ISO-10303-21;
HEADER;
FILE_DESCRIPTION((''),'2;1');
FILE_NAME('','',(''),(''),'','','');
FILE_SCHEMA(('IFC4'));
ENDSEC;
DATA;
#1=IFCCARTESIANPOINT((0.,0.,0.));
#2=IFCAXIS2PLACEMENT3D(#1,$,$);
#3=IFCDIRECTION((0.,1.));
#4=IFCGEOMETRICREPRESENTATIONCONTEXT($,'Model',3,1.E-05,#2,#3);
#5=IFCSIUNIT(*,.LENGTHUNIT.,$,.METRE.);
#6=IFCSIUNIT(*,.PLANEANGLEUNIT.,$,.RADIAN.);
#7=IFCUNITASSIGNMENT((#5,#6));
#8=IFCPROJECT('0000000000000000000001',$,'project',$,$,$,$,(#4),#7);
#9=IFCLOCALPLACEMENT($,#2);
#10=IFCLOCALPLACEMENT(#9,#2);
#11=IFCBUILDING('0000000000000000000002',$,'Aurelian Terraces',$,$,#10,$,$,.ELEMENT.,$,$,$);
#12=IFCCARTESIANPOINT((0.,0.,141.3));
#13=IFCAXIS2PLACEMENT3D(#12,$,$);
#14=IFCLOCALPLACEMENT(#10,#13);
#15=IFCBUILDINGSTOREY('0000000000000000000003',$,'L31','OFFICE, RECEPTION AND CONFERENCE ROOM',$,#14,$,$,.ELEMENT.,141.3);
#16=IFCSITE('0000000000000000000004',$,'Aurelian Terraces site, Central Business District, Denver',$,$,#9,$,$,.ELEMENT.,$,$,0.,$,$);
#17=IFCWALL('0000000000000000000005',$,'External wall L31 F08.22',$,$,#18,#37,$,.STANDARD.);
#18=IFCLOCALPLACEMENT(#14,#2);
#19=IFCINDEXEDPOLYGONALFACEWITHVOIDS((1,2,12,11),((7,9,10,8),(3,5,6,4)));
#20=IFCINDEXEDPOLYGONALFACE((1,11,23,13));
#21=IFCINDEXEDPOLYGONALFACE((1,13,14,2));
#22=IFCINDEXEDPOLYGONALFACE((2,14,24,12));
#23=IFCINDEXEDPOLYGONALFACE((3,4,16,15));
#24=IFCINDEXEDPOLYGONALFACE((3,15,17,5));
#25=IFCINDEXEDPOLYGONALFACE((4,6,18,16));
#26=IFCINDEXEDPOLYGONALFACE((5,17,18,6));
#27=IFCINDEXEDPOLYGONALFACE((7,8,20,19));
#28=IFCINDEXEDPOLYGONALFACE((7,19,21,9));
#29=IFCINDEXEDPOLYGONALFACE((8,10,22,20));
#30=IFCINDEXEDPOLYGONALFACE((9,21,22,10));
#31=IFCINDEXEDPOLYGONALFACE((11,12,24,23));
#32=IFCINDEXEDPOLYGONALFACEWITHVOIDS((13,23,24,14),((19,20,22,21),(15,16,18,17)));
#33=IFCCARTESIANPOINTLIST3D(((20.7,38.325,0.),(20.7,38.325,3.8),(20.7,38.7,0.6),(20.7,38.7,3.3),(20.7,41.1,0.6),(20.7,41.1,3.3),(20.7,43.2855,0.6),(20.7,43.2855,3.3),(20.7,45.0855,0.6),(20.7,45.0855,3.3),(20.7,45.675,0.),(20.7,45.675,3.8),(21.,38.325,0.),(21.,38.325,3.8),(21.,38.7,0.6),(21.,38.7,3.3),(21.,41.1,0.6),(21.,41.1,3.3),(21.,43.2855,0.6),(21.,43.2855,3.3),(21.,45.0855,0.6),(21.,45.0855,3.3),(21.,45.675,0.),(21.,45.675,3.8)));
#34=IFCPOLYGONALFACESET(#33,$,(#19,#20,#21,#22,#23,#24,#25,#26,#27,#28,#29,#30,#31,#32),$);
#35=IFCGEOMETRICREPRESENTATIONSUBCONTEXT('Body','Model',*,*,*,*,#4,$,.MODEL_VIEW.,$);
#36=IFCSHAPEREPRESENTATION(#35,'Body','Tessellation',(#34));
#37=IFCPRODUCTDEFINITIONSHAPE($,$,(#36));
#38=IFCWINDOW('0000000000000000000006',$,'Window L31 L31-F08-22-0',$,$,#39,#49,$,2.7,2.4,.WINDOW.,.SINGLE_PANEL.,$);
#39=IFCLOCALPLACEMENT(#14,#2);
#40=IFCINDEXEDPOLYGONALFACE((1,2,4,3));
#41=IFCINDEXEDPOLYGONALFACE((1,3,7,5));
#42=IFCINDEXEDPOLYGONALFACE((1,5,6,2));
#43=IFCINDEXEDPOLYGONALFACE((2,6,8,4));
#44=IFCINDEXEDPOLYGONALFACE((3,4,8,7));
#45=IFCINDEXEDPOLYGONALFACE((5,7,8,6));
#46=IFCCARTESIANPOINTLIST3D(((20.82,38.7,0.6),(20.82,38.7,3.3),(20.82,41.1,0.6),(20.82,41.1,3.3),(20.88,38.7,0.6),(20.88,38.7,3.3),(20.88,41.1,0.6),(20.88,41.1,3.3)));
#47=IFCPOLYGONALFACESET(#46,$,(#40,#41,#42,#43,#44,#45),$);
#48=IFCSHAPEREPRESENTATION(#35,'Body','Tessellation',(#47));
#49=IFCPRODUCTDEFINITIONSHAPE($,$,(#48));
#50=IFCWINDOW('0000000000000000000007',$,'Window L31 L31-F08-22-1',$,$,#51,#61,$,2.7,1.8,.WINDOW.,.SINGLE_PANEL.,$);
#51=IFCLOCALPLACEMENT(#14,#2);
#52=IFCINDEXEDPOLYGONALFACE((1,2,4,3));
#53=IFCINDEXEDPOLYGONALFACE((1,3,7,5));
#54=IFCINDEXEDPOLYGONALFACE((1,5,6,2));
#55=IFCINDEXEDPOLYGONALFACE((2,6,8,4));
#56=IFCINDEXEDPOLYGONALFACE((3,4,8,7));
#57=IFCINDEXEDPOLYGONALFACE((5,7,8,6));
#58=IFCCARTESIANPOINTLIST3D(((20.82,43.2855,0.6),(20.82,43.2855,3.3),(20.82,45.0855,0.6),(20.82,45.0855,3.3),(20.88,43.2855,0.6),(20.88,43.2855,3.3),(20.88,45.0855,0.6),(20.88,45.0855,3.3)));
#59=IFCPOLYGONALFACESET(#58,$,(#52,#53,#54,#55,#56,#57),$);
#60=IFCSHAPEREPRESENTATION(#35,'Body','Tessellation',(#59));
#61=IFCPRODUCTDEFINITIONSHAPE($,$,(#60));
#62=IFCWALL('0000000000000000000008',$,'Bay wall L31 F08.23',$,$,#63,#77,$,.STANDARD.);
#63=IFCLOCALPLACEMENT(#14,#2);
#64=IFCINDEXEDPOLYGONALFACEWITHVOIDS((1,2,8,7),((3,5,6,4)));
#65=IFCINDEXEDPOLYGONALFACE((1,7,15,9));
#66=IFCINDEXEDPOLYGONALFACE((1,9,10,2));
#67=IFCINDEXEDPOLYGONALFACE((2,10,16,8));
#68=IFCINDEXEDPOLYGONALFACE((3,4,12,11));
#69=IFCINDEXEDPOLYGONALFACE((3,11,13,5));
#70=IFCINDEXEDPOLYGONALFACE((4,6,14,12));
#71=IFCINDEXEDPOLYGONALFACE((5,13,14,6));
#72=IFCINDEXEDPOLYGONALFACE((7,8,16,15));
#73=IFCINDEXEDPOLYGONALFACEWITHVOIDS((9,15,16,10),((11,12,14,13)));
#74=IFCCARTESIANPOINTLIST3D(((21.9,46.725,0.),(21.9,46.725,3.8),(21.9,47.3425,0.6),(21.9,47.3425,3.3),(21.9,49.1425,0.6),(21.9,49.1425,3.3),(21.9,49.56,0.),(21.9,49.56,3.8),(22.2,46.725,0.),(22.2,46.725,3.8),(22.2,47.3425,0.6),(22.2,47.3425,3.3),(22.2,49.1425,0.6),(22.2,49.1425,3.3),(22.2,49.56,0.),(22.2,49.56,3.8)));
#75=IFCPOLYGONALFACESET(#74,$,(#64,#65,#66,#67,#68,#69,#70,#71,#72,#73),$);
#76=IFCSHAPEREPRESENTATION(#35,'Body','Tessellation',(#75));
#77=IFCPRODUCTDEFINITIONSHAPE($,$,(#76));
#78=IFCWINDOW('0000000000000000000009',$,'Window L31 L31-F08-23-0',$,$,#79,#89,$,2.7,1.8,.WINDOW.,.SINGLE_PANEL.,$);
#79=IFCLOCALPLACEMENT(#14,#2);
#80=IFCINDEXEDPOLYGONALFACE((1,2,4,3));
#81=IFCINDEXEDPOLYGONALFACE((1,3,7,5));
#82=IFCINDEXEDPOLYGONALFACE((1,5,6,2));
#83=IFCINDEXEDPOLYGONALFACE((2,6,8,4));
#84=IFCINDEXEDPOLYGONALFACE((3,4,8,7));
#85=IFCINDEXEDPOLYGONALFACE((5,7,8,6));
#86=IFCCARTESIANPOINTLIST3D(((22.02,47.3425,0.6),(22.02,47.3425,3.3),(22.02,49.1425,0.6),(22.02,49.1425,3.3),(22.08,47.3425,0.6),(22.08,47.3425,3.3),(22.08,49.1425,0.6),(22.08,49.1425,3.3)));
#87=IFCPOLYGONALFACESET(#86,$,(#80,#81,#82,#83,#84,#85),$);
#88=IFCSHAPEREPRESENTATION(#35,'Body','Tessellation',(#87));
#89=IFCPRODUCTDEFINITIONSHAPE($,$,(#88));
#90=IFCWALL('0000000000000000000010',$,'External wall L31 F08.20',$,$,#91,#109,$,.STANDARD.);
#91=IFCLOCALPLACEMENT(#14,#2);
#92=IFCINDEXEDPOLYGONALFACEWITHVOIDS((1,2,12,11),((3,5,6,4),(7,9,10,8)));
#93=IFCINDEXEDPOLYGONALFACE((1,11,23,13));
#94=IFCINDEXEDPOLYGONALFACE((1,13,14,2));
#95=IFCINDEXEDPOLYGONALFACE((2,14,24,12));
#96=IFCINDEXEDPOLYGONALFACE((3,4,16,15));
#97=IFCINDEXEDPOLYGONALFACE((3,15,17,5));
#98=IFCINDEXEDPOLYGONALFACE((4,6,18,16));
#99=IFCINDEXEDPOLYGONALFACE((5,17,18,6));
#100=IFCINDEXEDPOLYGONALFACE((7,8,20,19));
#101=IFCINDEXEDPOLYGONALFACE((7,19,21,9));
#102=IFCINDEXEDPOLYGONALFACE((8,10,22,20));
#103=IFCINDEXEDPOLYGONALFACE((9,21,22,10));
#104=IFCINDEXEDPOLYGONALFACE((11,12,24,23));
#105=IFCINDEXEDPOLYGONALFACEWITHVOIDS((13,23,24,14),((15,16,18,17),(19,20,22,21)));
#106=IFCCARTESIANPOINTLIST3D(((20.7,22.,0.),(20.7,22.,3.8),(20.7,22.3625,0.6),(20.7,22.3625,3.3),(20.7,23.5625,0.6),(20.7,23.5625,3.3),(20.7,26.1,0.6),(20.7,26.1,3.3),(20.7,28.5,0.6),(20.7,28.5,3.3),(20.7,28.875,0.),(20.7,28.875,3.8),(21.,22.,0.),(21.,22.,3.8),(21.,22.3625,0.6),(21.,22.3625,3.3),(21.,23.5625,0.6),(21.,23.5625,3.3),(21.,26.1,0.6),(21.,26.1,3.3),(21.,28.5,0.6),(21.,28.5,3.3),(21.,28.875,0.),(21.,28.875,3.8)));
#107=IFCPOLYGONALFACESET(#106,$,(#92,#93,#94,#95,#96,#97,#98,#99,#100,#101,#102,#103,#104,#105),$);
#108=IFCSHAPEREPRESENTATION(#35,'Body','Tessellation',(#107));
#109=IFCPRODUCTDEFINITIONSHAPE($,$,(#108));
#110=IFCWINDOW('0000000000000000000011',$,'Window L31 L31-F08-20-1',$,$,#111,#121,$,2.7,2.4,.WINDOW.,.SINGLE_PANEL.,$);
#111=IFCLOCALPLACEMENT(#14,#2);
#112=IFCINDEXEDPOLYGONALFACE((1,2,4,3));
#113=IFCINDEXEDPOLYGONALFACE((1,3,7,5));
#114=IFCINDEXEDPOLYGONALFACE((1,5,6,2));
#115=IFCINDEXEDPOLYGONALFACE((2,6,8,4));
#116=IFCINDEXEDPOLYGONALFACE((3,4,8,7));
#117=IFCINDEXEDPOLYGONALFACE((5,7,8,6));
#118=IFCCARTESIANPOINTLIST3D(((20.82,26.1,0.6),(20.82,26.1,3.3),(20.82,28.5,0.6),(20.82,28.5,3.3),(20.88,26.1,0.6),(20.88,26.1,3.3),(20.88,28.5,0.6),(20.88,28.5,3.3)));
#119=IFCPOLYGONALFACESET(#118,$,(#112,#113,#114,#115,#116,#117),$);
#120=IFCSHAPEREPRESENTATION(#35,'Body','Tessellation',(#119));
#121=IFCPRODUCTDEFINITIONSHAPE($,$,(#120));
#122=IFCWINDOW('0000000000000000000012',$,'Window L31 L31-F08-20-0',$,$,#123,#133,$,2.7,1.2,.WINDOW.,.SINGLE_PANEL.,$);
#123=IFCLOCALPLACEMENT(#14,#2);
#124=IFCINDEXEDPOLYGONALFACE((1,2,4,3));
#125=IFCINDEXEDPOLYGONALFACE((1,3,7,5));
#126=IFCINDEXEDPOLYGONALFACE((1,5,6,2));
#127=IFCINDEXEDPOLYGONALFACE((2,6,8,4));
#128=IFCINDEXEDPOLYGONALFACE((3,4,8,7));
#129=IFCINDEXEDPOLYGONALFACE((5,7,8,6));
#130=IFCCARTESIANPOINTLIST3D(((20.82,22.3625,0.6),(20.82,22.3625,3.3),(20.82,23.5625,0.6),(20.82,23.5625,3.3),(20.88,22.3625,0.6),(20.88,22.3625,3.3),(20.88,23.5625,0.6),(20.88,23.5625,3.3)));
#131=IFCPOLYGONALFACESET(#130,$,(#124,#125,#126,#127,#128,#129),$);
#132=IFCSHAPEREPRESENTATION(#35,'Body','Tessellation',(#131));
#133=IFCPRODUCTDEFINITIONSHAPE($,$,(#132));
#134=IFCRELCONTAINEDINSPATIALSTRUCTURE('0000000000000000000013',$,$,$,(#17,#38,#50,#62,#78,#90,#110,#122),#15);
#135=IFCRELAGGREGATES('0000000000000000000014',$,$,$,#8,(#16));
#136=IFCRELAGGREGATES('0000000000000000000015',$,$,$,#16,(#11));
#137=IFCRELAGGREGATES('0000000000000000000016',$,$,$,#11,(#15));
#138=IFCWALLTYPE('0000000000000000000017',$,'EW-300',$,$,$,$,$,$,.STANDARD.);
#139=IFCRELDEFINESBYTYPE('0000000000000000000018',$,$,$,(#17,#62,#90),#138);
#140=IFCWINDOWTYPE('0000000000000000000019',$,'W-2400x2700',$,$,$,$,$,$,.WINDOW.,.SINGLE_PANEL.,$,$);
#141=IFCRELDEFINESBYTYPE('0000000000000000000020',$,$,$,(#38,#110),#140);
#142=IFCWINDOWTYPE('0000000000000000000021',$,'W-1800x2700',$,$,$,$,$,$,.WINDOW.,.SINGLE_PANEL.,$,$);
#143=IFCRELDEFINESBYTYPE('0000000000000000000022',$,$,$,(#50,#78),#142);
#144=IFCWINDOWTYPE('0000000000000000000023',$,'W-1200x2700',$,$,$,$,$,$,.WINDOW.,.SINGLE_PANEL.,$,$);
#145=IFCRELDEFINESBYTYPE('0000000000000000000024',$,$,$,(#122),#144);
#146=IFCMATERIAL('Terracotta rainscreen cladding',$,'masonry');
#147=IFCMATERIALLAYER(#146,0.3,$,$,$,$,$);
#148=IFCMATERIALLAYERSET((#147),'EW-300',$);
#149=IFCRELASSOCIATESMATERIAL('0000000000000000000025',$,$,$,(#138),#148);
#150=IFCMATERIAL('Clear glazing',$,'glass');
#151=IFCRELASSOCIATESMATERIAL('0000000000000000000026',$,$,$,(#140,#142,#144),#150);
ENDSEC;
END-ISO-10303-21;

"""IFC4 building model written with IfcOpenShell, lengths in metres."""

from ifc_helpers import new_model, si_unit, direction, frame, frame_2d, origin, place, context, subcontext, project, spatial, rectangle, extrude, source, transform, mapped, material, layer, layer_set, type_object, element, fill, save


model = new_model("IFC4")

# Units and contexts
model_context = context("Model", 3, precision=1e-05, world=origin(), true_north=direction((0.0, 1.0)))
body_context = subcontext(model_context, "Body", "Model", "MODEL_VIEW")
ifc_project = project(units=[si_unit("LENGTHUNIT", "METRE"), si_unit("PLANEANGLEUNIT", "RADIAN")], contexts=[model_context])

# Site, building, storey
site_placement = place(None, origin())
site = spatial("IfcSite", under=ifc_project, at=site_placement, Name="Aurelian Terraces site, Central Business District, Denver", CompositionType="ELEMENT", RefElevation=0.0)
building_placement = place(site_placement, origin())
building = spatial("IfcBuilding", under=site, at=building_placement, Name="Aurelian Terraces", CompositionType="ELEMENT")
storey_placement = place(building_placement, frame((0.0, 0.0, 141.3)))
storey = spatial("IfcBuildingStorey", under=building, at=storey_placement, Name="L31", Description="OFFICE, RECEPTION AND CONFERENCE ROOM", CompositionType="ELEMENT", Elevation=141.3)

# Shared definitions
ifc_material_1 = material(Name="Terracotta rainscreen cladding", Category="masonry")
ifc_layer_1 = layer(ifc_material_1, 0.3)
ifc_layer_set_1 = layer_set([ifc_layer_1], Name="EW-300")
wall_type_1 = type_object("IfcWallType", Name="EW-300", PredefinedType="STANDARD", material=ifc_layer_set_1)
ifc_material_2 = material(Name="Clear glazing", Category="glass")

# Wall, openings, windows
shared_shape_1 = source(origin(), body_context, "Body", "SweptSolid", [
    extrude(rectangle(XDim=7.35, YDim=0.3, at=frame_2d((3.675, 0.0))), origin(), (0.0, 0.0, 1.0), 3.8),
])
wall_1_placement = place(storey_placement, frame((20.85, 38.325, 0.0), z_axis=(0.0, 0.0, 1.0), x_axis=(0.0, 1.0, 0.0)))
wall_1 = element("IfcWall", 1, at=wall_1_placement, inside=storey, type_object=wall_type_1, Name="External wall L31 F08.22", PredefinedType="STANDARD", context=body_context, shape_type="MappedRepresentation", body=[
    mapped(shared_shape_1, transform((0.0, 0.0, 0.0), scale=1.0)),
])
shared_shape_2 = source(origin(), body_context, "Body", "SweptSolid", [
    extrude(rectangle(XDim=2.4, YDim=2.7, at=frame_2d((1.2, 1.35))), frame((0.0, 0.16, 0.0), z_axis=(0.0, -1.0, 0.0), x_axis=(1.0, 0.0, 0.0)), (0.0, 0.0, 1.0), 0.32),
])
opening_1_placement = place(wall_1_placement, frame((0.375, 0.0, 0.6)))
opening_1 = element("IfcOpeningElement", 2, at=opening_1_placement, cuts=wall_1, PredefinedType="OPENING", context=body_context, shape_type="MappedRepresentation", body=[
    mapped(shared_shape_2, transform((0.0, 0.0, 0.0), scale=1.0)),
])
shared_shape_3 = source(origin(), body_context, "Body", "SweptSolid", [
    extrude(rectangle(XDim=1.8, YDim=2.7, at=frame_2d((0.9, 1.35))), frame((0.0, 0.16, 0.0), z_axis=(0.0, -1.0, 0.0), x_axis=(1.0, 0.0, 0.0)), (0.0, 0.0, 1.0), 0.32),
])
opening_2_placement = place(wall_1_placement, frame((4.9605, 0.0, 0.6)))
opening_2 = element("IfcOpeningElement", 3, at=opening_2_placement, cuts=wall_1, PredefinedType="OPENING", context=body_context, shape_type="MappedRepresentation", body=[
    mapped(shared_shape_3, transform((0.0, 0.0, 0.0), scale=1.0)),
])
window_type_1 = type_object("IfcWindowType", Name="W-2400x2700", PartitioningType="SINGLE_PANEL", PredefinedType="WINDOW", material=ifc_material_2)
shared_shape_4 = source(origin(), body_context, "Body", "SweptSolid", [
    extrude(rectangle(XDim=2.4, YDim=2.7, at=frame_2d((1.2, 1.35))), frame((0.0, 0.03, 0.0), z_axis=(0.0, -1.0, 0.0), x_axis=(1.0, 0.0, 0.0)), (0.0, 0.0, 1.0), 0.06),
])
window_1_placement = place(opening_1_placement, origin())
window_1 = element("IfcWindow", 4, at=window_1_placement, inside=storey, type_object=window_type_1, Name="Window L31 L31-F08-22-0", OverallHeight=2.7, OverallWidth=2.4, PartitioningType="SINGLE_PANEL", PredefinedType="WINDOW", context=body_context, shape_type="MappedRepresentation", body=[
    mapped(shared_shape_4, transform((0.0, 0.0, 0.0), scale=1.0)),
])
fill(opening_1, window_1)
window_type_2 = type_object("IfcWindowType", Name="W-1800x2700", PartitioningType="SINGLE_PANEL", PredefinedType="WINDOW", material=ifc_material_2)
shared_shape_5 = source(origin(), body_context, "Body", "SweptSolid", [
    extrude(rectangle(XDim=1.8, YDim=2.7, at=frame_2d((0.9, 1.35))), frame((0.0, 0.03, 0.0), z_axis=(0.0, -1.0, 0.0), x_axis=(1.0, 0.0, 0.0)), (0.0, 0.0, 1.0), 0.06),
])
window_2_placement = place(opening_2_placement, origin())
window_2 = element("IfcWindow", 5, at=window_2_placement, inside=storey, type_object=window_type_2, Name="Window L31 L31-F08-22-1", OverallHeight=2.7, OverallWidth=1.8, PartitioningType="SINGLE_PANEL", PredefinedType="WINDOW", context=body_context, shape_type="MappedRepresentation", body=[
    mapped(shared_shape_5, transform((0.0, 0.0, 0.0), scale=1.0)),
])
fill(opening_2, window_2)

# Wall, opening, window
shared_shape_6 = source(origin(), body_context, "Body", "SweptSolid", [
    extrude(rectangle(XDim=2.835, YDim=0.3, at=frame_2d((1.4175, 0.0))), origin(), (0.0, 0.0, 1.0), 3.8),
])
wall_2_placement = place(storey_placement, frame((22.05, 46.725, 0.0), z_axis=(0.0, 0.0, 1.0), x_axis=(0.0, 1.0, 0.0)))
wall_2 = element("IfcWall", 6, at=wall_2_placement, inside=storey, type_object=wall_type_1, Name="Bay wall L31 F08.23", PredefinedType="STANDARD", context=body_context, shape_type="MappedRepresentation", body=[
    mapped(shared_shape_6, transform((0.0, 0.0, 0.0), scale=1.0)),
])
opening_3_placement = place(wall_2_placement, frame((0.6175, 0.0, 0.6)))
opening_3 = element("IfcOpeningElement", 7, at=opening_3_placement, cuts=wall_2, PredefinedType="OPENING", context=body_context, shape_type="MappedRepresentation", body=[
    mapped(shared_shape_3, transform((0.0, 0.0, 0.0), scale=1.0)),
])
window_3_placement = place(opening_3_placement, origin())
window_3 = element("IfcWindow", 8, at=window_3_placement, inside=storey, type_object=window_type_2, Name="Window L31 L31-F08-23-0", OverallHeight=2.7, OverallWidth=1.8, PartitioningType="SINGLE_PANEL", PredefinedType="WINDOW", context=body_context, shape_type="MappedRepresentation", body=[
    mapped(shared_shape_5, transform((0.0, 0.0, 0.0), scale=1.0)),
])
fill(opening_3, window_3)

# Wall, openings, windows
shared_shape_7 = source(origin(), body_context, "Body", "SweptSolid", [
    extrude(rectangle(XDim=6.875, YDim=0.3, at=frame_2d((3.4375, 0.0))), origin(), (0.0, 0.0, 1.0), 3.8),
])
wall_3_placement = place(storey_placement, frame((20.85, 22.0, 0.0), z_axis=(0.0, 0.0, 1.0), x_axis=(0.0, 1.0, 0.0)))
wall_3 = element("IfcWall", 9, at=wall_3_placement, inside=storey, type_object=wall_type_1, Name="External wall L31 F08.20", PredefinedType="STANDARD", context=body_context, shape_type="MappedRepresentation", body=[
    mapped(shared_shape_7, transform((0.0, 0.0, 0.0), scale=1.0)),
])
shared_shape_8 = source(origin(), body_context, "Body", "SweptSolid", [
    extrude(rectangle(XDim=1.2, YDim=2.7, at=frame_2d((0.6, 1.35))), frame((0.0, 0.16, 0.0), z_axis=(0.0, -1.0, 0.0), x_axis=(1.0, 0.0, 0.0)), (0.0, 0.0, 1.0), 0.32),
])
opening_4_placement = place(wall_3_placement, frame((0.3625, 0.0, 0.6)))
opening_4 = element("IfcOpeningElement", 10, at=opening_4_placement, cuts=wall_3, PredefinedType="OPENING", context=body_context, shape_type="MappedRepresentation", body=[
    mapped(shared_shape_8, transform((0.0, 0.0, 0.0), scale=1.0)),
])
opening_5_placement = place(wall_3_placement, frame((4.1, 0.0, 0.6)))
opening_5 = element("IfcOpeningElement", 11, at=opening_5_placement, cuts=wall_3, PredefinedType="OPENING", context=body_context, shape_type="MappedRepresentation", body=[
    mapped(shared_shape_2, transform((0.0, 0.0, 0.0), scale=1.0)),
])
window_4_placement = place(opening_5_placement, origin())
window_4 = element("IfcWindow", 12, at=window_4_placement, inside=storey, type_object=window_type_1, Name="Window L31 L31-F08-20-1", OverallHeight=2.7, OverallWidth=2.4, PartitioningType="SINGLE_PANEL", PredefinedType="WINDOW", context=body_context, shape_type="MappedRepresentation", body=[
    mapped(shared_shape_4, transform((0.0, 0.0, 0.0), scale=1.0)),
])
fill(opening_5, window_4)
window_type_3 = type_object("IfcWindowType", Name="W-1200x2700", PartitioningType="SINGLE_PANEL", PredefinedType="WINDOW", material=ifc_material_2)
shared_shape_9 = source(origin(), body_context, "Body", "SweptSolid", [
    extrude(rectangle(XDim=1.2, YDim=2.7, at=frame_2d((0.6, 1.35))), frame((0.0, 0.03, 0.0), z_axis=(0.0, -1.0, 0.0), x_axis=(1.0, 0.0, 0.0)), (0.0, 0.0, 1.0), 0.06),
])
window_5_placement = place(opening_4_placement, origin())
window_5 = element("IfcWindow", 13, at=window_5_placement, inside=storey, type_object=window_type_3, Name="Window L31 L31-F08-20-0", OverallHeight=2.7, OverallWidth=1.2, PartitioningType="SINGLE_PANEL", PredefinedType="WINDOW", context=body_context, shape_type="MappedRepresentation", body=[
    mapped(shared_shape_9, transform((0.0, 0.0, 0.0), scale=1.0)),
])
fill(opening_4, window_5)

save(model, "model.ifc")
